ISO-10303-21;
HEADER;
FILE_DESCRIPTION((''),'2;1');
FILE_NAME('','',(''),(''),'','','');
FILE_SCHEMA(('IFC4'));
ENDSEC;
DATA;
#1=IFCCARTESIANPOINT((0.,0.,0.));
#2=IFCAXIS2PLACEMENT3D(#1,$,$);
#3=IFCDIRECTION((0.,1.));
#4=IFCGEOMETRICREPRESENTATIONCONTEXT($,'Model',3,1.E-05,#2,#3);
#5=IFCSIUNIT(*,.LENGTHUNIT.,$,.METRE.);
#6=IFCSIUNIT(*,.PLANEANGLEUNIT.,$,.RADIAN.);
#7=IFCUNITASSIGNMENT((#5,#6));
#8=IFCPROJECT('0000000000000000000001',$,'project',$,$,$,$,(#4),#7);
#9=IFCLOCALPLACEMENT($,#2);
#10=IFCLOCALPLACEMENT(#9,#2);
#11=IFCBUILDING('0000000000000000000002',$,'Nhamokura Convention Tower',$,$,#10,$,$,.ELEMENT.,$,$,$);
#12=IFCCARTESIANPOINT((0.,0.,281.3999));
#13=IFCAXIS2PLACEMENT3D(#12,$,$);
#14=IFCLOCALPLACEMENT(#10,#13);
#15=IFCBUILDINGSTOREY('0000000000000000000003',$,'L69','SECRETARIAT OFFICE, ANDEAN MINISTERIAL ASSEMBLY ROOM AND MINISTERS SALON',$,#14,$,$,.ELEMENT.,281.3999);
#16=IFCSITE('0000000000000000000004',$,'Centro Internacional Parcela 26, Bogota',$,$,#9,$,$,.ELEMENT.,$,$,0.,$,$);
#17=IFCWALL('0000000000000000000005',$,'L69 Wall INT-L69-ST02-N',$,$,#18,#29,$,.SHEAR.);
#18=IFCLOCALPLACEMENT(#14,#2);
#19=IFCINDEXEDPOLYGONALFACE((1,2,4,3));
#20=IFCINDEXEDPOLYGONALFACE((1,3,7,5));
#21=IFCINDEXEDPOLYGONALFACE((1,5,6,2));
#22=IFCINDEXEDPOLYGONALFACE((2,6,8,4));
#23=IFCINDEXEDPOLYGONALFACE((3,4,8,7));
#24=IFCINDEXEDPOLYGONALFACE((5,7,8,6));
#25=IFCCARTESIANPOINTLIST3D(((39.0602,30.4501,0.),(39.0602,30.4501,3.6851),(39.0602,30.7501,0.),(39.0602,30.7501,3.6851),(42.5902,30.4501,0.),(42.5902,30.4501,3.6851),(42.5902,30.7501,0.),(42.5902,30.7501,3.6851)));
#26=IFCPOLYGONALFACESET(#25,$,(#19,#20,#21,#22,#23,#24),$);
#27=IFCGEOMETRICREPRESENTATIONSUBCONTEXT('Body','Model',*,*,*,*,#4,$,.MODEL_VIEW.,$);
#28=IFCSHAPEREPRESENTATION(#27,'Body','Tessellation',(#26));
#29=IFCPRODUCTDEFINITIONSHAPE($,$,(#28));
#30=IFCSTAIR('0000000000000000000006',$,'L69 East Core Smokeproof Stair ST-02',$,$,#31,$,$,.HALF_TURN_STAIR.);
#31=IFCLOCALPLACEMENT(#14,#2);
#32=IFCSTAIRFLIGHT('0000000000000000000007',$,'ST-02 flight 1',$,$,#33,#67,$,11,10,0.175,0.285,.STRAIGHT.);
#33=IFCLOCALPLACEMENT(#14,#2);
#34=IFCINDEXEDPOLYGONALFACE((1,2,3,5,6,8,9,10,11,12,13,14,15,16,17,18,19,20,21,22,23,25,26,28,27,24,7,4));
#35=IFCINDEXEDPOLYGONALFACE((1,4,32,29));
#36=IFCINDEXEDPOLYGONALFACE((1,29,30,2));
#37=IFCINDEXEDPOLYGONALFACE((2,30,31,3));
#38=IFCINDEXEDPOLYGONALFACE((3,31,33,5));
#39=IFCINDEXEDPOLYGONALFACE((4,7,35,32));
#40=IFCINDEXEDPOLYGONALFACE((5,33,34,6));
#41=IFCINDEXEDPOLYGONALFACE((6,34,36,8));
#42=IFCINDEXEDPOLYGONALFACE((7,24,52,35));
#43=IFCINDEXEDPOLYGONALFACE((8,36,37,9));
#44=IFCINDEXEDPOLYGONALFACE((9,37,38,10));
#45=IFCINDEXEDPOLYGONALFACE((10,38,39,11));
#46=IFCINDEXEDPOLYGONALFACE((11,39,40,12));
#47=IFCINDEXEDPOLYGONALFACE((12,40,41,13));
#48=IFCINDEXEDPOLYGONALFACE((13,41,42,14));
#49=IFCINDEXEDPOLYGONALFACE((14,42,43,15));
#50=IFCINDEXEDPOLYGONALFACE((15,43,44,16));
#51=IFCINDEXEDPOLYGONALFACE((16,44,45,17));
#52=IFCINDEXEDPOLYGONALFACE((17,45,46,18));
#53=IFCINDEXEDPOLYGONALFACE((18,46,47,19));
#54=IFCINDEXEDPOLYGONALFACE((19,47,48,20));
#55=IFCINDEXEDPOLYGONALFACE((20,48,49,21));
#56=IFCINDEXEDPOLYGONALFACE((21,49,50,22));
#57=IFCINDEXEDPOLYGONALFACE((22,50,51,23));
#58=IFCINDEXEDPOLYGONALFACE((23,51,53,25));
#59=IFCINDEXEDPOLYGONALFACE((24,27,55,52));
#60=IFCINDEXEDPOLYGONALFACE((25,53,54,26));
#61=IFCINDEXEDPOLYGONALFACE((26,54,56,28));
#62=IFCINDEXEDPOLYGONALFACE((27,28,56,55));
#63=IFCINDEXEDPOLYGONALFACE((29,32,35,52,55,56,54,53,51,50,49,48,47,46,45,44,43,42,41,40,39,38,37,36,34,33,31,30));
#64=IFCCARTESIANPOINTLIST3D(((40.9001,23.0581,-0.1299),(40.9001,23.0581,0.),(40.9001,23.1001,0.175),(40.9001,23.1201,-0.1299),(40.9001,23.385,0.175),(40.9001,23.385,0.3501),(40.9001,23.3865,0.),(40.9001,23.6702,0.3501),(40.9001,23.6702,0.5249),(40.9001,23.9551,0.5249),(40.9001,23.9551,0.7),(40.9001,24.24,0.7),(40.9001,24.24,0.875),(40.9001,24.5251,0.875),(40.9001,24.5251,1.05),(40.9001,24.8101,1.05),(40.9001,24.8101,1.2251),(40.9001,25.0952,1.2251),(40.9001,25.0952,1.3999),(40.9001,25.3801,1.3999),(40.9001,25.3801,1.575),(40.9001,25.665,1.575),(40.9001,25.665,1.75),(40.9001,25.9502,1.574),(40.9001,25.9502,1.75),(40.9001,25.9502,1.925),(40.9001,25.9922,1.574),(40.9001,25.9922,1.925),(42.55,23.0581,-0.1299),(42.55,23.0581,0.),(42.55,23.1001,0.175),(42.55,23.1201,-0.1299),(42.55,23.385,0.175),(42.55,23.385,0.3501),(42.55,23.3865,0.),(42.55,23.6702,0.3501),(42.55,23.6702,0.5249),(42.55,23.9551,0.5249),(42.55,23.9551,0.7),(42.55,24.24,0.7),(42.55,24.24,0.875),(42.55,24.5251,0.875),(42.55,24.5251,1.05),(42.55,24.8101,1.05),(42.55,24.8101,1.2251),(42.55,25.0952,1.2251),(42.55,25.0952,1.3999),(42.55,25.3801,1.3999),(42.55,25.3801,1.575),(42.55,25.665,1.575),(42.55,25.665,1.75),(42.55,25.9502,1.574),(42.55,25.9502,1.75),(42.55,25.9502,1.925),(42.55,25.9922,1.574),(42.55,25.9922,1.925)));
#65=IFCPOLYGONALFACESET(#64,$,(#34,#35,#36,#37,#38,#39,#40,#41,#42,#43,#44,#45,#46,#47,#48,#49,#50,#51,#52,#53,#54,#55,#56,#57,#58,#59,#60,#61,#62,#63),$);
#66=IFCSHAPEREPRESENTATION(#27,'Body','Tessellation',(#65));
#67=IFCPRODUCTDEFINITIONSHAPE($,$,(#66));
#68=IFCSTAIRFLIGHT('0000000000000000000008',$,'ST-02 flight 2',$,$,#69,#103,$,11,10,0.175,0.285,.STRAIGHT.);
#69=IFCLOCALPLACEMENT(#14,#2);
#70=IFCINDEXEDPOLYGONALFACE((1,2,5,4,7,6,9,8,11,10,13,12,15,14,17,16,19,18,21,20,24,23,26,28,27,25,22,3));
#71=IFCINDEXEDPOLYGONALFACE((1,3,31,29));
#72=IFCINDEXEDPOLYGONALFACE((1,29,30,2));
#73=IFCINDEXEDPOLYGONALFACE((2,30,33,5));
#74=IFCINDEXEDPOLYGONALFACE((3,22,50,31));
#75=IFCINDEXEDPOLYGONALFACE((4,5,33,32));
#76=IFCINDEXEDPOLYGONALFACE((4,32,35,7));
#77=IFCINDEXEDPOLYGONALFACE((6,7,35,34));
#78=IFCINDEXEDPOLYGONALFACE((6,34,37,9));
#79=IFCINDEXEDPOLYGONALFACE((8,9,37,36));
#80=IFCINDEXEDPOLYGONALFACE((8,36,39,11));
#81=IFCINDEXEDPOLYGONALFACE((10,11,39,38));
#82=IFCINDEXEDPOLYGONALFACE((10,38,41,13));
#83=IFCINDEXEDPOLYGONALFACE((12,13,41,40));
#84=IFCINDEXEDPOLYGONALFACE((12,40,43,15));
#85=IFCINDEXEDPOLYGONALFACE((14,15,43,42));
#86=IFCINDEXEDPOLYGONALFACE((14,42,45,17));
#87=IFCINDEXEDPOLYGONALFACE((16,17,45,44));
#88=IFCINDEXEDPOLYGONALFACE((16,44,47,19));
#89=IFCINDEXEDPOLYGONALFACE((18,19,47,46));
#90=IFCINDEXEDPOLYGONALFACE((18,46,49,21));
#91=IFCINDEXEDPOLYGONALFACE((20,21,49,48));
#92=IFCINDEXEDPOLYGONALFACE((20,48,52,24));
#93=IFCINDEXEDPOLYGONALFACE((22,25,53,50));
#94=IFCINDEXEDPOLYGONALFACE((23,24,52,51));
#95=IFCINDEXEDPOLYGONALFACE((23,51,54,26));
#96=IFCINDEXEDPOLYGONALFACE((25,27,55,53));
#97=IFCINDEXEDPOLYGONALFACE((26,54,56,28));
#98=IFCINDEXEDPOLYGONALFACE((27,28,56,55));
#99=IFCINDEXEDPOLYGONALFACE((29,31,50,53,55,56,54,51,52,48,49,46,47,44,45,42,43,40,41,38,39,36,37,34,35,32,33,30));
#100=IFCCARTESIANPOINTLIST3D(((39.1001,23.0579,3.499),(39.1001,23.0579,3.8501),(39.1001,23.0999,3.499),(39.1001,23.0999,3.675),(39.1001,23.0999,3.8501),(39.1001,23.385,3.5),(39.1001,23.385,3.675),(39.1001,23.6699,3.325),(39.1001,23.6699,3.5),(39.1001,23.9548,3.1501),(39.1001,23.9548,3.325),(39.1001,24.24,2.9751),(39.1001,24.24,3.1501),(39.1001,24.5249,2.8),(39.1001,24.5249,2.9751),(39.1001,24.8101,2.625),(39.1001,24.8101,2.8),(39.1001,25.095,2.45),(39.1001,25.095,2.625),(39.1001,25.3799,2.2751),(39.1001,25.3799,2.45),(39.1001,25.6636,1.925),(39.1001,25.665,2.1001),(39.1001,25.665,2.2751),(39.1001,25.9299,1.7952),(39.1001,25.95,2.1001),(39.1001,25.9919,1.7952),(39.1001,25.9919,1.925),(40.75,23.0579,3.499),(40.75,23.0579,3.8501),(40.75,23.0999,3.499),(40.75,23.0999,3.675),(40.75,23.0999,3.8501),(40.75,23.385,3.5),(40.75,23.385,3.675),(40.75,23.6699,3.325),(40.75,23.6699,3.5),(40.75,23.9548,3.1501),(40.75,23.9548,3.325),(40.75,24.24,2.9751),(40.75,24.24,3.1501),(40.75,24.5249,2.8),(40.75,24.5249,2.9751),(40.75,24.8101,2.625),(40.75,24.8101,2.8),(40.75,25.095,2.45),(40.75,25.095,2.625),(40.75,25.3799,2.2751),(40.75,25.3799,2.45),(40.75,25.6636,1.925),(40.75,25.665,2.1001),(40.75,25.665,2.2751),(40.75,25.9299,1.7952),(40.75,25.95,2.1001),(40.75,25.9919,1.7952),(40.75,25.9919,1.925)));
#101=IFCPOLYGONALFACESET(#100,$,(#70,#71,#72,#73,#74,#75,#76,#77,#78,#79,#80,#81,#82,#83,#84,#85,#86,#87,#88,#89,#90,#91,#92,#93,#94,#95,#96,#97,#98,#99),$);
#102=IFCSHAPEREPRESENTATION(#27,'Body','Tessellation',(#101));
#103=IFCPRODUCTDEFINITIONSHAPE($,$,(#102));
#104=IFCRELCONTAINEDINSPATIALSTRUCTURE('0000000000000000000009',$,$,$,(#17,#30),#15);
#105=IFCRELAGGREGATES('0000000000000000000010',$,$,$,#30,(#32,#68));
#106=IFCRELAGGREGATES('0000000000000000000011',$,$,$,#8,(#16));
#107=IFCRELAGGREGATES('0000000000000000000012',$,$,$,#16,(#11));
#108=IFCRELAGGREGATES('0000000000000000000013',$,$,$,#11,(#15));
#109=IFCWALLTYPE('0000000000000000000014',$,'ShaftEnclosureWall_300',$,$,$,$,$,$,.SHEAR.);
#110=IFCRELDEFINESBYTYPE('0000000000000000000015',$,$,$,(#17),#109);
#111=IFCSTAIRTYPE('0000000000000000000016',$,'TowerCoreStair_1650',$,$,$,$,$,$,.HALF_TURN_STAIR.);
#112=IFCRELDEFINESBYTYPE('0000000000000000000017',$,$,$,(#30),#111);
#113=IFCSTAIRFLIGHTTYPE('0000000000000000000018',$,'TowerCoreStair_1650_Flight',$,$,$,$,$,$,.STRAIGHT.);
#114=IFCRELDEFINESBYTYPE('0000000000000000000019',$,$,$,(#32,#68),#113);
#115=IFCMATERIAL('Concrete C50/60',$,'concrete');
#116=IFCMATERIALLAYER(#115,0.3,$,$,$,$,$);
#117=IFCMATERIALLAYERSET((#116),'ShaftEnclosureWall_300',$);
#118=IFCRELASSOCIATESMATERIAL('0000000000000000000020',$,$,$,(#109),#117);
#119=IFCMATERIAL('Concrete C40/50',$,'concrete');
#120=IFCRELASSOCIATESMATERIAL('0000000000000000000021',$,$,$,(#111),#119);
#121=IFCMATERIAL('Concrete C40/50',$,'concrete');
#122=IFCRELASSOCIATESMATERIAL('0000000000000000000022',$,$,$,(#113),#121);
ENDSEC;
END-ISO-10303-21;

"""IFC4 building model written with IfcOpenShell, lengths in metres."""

from ifc_helpers import new_model, si_unit, direction, frame, frame_2d, origin, place, context, subcontext, project, spatial, polyline, rectangle, outline, extrude, material, layer, layer_set, type_object, element, aggregate, save


model = new_model("IFC4")

# Units and contexts
model_context = context("Model", 3, precision=1e-05, world=origin(), true_north=direction((0.0, 1.0)))
body_context = subcontext(model_context, "Body", "Model", "MODEL_VIEW")
ifc_project = project(units=[si_unit("LENGTHUNIT", "METRE"), si_unit("PLANEANGLEUNIT", "RADIAN")], contexts=[model_context])

# Site, building, storey
site_placement = place(None, origin())
site = spatial("IfcSite", under=ifc_project, at=site_placement, Name="Centro Internacional Parcela 26, Bogota", CompositionType="ELEMENT", RefElevation=0.0)
building_placement = place(site_placement, origin())
building = spatial("IfcBuilding", under=site, at=building_placement, Name="Nhamokura Convention Tower", CompositionType="ELEMENT")
storey_placement = place(building_placement, frame((0.0, 0.0, 281.3999)))
storey = spatial("IfcBuildingStorey", under=building, at=storey_placement, Name="L69", Description="SECRETARIAT OFFICE, ANDEAN MINISTERIAL ASSEMBLY ROOM AND MINISTERS SALON", CompositionType="ELEMENT", Elevation=281.3999)

# Wall
ifc_material_1 = material(Name="Concrete C50/60", Category="concrete")
ifc_layer_1 = layer(ifc_material_1, 0.3)
ifc_layer_set_1 = layer_set([ifc_layer_1], Name="ShaftEnclosureWall_300")
wall_type_1 = type_object("IfcWallType", Name="ShaftEnclosureWall_300", PredefinedType="SHEAR", material=ifc_layer_set_1)
wall_1_placement = place(storey_placement, frame((39.0601, 30.6001, 0.0), z_axis=(0.0, 0.0, 1.0), x_axis=(1.0, 0.0, 0.0)))
element("IfcWall", 1, at=wall_1_placement, inside=storey, type_object=wall_type_1, Name="L69 Wall INT-L69-ST02-N", PredefinedType="SHEAR", context=body_context, shape_type="SweptSolid", body=[
    extrude(rectangle(XDim=3.53, YDim=0.3, at=frame_2d((1.7651, 0.0))), origin(), (0.0, 0.0, 1.0), 3.6851),
])

# Stair, stair flights
ifc_material_2 = material(Name="Concrete C40/50", Category="concrete")
stair_type = type_object("IfcStairType", Name="TowerCoreStair_1650", PredefinedType="HALF_TURN_STAIR", material=ifc_material_2)
stair_placement = place(storey_placement, origin())
stair = element("IfcStair", 2, at=stair_placement, inside=storey, type_object=stair_type, Name="L69 East Core Smokeproof Stair ST-02", PredefinedType="HALF_TURN_STAIR")
ifc_material_3 = material(Name="Concrete C40/50", Category="concrete")
stair_flight_type = type_object("IfcStairFlightType", Name="TowerCoreStair_1650_Flight", PredefinedType="STRAIGHT", material=ifc_material_3)
stair_flight_1_placement = place(storey_placement, frame((41.7251, 23.1001, 0.0), z_axis=(0.0, 0.0, 1.0), x_axis=(0.0, 1.0, 0.0)))
stair_flight_1 = element("IfcStairFlight", 3, at=stair_flight_1_placement, type_object=stair_flight_type, Name="ST-02 flight 1", NumberOfRisers=11, NumberOfTreads=10, PredefinedType="STRAIGHT", RiserHeight=0.175, TreadLength=0.285, context=body_context, shape_type="SweptSolid", body=[
    extrude(outline(polyline([(-0.042, 0.0), (0.0, 0.175), (0.2849, 0.175), (0.2849, 0.3501), (0.5701, 0.3501), (0.5701, 0.5249), (0.855, 0.5249), (0.855, 0.7), (1.1399, 0.7), (1.1399, 0.875), (1.425, 0.875), (1.425, 1.05), (1.71, 1.05), (1.71, 1.2251), (1.9951, 1.2251), (1.9951, 1.3999), (2.28, 1.3999), (2.28, 1.575), (2.5649, 1.575), (2.5649, 1.75), (2.8501, 1.75), (2.8501, 1.925), (2.8921, 1.925), (2.8921, 1.574), (2.8501, 1.574), (0.2864, 0.0), (0.02, -0.1299), (-0.042, -0.1299), (-0.042, 0.0)])), frame((0.0, 0.825, 0.0), z_axis=(0.0, -1.0, 0.0), x_axis=(1.0, 0.0, 0.0)), (0.0, 0.0, 1.0), 1.6499),
])
stair_flight_2_placement = place(storey_placement, frame((39.925, 25.95, 1.925), z_axis=(0.0, 0.0, 1.0), x_axis=(0.0, -1.0, 0.0)))
stair_flight_2 = element("IfcStairFlight", 4, at=stair_flight_2_placement, type_object=stair_flight_type, Name="ST-02 flight 2", NumberOfRisers=11, NumberOfTreads=10, PredefinedType="STRAIGHT", RiserHeight=0.175, TreadLength=0.285, context=body_context, shape_type="SweptSolid", body=[
    extrude(outline(polyline([(-0.042, 0.0), (0.0, 0.175), (0.2849, 0.175), (0.2849, 0.3501), (0.5701, 0.3501), (0.5701, 0.5249), (0.855, 0.5249), (0.855, 0.7), (1.1399, 0.7), (1.1399, 0.875), (1.425, 0.875), (1.425, 1.05), (1.71, 1.05), (1.71, 1.2251), (1.9951, 1.2251), (1.9951, 1.3999), (2.28, 1.3999), (2.28, 1.575), (2.5649, 1.575), (2.5649, 1.75), (2.8501, 1.75), (2.8501, 1.925), (2.8921, 1.925), (2.8921, 1.574), (2.8501, 1.574), (0.2864, 0.0), (0.02, -0.1299), (-0.042, -0.1299), (-0.042, 0.0)])), frame((0.0, 0.825, 0.0), z_axis=(0.0, -1.0, 0.0), x_axis=(1.0, 0.0, 0.0)), (0.0, 0.0, 1.0), 1.6499),
])
aggregate(stair, [stair_flight_1, stair_flight_2])

save(model, "model.ifc")
